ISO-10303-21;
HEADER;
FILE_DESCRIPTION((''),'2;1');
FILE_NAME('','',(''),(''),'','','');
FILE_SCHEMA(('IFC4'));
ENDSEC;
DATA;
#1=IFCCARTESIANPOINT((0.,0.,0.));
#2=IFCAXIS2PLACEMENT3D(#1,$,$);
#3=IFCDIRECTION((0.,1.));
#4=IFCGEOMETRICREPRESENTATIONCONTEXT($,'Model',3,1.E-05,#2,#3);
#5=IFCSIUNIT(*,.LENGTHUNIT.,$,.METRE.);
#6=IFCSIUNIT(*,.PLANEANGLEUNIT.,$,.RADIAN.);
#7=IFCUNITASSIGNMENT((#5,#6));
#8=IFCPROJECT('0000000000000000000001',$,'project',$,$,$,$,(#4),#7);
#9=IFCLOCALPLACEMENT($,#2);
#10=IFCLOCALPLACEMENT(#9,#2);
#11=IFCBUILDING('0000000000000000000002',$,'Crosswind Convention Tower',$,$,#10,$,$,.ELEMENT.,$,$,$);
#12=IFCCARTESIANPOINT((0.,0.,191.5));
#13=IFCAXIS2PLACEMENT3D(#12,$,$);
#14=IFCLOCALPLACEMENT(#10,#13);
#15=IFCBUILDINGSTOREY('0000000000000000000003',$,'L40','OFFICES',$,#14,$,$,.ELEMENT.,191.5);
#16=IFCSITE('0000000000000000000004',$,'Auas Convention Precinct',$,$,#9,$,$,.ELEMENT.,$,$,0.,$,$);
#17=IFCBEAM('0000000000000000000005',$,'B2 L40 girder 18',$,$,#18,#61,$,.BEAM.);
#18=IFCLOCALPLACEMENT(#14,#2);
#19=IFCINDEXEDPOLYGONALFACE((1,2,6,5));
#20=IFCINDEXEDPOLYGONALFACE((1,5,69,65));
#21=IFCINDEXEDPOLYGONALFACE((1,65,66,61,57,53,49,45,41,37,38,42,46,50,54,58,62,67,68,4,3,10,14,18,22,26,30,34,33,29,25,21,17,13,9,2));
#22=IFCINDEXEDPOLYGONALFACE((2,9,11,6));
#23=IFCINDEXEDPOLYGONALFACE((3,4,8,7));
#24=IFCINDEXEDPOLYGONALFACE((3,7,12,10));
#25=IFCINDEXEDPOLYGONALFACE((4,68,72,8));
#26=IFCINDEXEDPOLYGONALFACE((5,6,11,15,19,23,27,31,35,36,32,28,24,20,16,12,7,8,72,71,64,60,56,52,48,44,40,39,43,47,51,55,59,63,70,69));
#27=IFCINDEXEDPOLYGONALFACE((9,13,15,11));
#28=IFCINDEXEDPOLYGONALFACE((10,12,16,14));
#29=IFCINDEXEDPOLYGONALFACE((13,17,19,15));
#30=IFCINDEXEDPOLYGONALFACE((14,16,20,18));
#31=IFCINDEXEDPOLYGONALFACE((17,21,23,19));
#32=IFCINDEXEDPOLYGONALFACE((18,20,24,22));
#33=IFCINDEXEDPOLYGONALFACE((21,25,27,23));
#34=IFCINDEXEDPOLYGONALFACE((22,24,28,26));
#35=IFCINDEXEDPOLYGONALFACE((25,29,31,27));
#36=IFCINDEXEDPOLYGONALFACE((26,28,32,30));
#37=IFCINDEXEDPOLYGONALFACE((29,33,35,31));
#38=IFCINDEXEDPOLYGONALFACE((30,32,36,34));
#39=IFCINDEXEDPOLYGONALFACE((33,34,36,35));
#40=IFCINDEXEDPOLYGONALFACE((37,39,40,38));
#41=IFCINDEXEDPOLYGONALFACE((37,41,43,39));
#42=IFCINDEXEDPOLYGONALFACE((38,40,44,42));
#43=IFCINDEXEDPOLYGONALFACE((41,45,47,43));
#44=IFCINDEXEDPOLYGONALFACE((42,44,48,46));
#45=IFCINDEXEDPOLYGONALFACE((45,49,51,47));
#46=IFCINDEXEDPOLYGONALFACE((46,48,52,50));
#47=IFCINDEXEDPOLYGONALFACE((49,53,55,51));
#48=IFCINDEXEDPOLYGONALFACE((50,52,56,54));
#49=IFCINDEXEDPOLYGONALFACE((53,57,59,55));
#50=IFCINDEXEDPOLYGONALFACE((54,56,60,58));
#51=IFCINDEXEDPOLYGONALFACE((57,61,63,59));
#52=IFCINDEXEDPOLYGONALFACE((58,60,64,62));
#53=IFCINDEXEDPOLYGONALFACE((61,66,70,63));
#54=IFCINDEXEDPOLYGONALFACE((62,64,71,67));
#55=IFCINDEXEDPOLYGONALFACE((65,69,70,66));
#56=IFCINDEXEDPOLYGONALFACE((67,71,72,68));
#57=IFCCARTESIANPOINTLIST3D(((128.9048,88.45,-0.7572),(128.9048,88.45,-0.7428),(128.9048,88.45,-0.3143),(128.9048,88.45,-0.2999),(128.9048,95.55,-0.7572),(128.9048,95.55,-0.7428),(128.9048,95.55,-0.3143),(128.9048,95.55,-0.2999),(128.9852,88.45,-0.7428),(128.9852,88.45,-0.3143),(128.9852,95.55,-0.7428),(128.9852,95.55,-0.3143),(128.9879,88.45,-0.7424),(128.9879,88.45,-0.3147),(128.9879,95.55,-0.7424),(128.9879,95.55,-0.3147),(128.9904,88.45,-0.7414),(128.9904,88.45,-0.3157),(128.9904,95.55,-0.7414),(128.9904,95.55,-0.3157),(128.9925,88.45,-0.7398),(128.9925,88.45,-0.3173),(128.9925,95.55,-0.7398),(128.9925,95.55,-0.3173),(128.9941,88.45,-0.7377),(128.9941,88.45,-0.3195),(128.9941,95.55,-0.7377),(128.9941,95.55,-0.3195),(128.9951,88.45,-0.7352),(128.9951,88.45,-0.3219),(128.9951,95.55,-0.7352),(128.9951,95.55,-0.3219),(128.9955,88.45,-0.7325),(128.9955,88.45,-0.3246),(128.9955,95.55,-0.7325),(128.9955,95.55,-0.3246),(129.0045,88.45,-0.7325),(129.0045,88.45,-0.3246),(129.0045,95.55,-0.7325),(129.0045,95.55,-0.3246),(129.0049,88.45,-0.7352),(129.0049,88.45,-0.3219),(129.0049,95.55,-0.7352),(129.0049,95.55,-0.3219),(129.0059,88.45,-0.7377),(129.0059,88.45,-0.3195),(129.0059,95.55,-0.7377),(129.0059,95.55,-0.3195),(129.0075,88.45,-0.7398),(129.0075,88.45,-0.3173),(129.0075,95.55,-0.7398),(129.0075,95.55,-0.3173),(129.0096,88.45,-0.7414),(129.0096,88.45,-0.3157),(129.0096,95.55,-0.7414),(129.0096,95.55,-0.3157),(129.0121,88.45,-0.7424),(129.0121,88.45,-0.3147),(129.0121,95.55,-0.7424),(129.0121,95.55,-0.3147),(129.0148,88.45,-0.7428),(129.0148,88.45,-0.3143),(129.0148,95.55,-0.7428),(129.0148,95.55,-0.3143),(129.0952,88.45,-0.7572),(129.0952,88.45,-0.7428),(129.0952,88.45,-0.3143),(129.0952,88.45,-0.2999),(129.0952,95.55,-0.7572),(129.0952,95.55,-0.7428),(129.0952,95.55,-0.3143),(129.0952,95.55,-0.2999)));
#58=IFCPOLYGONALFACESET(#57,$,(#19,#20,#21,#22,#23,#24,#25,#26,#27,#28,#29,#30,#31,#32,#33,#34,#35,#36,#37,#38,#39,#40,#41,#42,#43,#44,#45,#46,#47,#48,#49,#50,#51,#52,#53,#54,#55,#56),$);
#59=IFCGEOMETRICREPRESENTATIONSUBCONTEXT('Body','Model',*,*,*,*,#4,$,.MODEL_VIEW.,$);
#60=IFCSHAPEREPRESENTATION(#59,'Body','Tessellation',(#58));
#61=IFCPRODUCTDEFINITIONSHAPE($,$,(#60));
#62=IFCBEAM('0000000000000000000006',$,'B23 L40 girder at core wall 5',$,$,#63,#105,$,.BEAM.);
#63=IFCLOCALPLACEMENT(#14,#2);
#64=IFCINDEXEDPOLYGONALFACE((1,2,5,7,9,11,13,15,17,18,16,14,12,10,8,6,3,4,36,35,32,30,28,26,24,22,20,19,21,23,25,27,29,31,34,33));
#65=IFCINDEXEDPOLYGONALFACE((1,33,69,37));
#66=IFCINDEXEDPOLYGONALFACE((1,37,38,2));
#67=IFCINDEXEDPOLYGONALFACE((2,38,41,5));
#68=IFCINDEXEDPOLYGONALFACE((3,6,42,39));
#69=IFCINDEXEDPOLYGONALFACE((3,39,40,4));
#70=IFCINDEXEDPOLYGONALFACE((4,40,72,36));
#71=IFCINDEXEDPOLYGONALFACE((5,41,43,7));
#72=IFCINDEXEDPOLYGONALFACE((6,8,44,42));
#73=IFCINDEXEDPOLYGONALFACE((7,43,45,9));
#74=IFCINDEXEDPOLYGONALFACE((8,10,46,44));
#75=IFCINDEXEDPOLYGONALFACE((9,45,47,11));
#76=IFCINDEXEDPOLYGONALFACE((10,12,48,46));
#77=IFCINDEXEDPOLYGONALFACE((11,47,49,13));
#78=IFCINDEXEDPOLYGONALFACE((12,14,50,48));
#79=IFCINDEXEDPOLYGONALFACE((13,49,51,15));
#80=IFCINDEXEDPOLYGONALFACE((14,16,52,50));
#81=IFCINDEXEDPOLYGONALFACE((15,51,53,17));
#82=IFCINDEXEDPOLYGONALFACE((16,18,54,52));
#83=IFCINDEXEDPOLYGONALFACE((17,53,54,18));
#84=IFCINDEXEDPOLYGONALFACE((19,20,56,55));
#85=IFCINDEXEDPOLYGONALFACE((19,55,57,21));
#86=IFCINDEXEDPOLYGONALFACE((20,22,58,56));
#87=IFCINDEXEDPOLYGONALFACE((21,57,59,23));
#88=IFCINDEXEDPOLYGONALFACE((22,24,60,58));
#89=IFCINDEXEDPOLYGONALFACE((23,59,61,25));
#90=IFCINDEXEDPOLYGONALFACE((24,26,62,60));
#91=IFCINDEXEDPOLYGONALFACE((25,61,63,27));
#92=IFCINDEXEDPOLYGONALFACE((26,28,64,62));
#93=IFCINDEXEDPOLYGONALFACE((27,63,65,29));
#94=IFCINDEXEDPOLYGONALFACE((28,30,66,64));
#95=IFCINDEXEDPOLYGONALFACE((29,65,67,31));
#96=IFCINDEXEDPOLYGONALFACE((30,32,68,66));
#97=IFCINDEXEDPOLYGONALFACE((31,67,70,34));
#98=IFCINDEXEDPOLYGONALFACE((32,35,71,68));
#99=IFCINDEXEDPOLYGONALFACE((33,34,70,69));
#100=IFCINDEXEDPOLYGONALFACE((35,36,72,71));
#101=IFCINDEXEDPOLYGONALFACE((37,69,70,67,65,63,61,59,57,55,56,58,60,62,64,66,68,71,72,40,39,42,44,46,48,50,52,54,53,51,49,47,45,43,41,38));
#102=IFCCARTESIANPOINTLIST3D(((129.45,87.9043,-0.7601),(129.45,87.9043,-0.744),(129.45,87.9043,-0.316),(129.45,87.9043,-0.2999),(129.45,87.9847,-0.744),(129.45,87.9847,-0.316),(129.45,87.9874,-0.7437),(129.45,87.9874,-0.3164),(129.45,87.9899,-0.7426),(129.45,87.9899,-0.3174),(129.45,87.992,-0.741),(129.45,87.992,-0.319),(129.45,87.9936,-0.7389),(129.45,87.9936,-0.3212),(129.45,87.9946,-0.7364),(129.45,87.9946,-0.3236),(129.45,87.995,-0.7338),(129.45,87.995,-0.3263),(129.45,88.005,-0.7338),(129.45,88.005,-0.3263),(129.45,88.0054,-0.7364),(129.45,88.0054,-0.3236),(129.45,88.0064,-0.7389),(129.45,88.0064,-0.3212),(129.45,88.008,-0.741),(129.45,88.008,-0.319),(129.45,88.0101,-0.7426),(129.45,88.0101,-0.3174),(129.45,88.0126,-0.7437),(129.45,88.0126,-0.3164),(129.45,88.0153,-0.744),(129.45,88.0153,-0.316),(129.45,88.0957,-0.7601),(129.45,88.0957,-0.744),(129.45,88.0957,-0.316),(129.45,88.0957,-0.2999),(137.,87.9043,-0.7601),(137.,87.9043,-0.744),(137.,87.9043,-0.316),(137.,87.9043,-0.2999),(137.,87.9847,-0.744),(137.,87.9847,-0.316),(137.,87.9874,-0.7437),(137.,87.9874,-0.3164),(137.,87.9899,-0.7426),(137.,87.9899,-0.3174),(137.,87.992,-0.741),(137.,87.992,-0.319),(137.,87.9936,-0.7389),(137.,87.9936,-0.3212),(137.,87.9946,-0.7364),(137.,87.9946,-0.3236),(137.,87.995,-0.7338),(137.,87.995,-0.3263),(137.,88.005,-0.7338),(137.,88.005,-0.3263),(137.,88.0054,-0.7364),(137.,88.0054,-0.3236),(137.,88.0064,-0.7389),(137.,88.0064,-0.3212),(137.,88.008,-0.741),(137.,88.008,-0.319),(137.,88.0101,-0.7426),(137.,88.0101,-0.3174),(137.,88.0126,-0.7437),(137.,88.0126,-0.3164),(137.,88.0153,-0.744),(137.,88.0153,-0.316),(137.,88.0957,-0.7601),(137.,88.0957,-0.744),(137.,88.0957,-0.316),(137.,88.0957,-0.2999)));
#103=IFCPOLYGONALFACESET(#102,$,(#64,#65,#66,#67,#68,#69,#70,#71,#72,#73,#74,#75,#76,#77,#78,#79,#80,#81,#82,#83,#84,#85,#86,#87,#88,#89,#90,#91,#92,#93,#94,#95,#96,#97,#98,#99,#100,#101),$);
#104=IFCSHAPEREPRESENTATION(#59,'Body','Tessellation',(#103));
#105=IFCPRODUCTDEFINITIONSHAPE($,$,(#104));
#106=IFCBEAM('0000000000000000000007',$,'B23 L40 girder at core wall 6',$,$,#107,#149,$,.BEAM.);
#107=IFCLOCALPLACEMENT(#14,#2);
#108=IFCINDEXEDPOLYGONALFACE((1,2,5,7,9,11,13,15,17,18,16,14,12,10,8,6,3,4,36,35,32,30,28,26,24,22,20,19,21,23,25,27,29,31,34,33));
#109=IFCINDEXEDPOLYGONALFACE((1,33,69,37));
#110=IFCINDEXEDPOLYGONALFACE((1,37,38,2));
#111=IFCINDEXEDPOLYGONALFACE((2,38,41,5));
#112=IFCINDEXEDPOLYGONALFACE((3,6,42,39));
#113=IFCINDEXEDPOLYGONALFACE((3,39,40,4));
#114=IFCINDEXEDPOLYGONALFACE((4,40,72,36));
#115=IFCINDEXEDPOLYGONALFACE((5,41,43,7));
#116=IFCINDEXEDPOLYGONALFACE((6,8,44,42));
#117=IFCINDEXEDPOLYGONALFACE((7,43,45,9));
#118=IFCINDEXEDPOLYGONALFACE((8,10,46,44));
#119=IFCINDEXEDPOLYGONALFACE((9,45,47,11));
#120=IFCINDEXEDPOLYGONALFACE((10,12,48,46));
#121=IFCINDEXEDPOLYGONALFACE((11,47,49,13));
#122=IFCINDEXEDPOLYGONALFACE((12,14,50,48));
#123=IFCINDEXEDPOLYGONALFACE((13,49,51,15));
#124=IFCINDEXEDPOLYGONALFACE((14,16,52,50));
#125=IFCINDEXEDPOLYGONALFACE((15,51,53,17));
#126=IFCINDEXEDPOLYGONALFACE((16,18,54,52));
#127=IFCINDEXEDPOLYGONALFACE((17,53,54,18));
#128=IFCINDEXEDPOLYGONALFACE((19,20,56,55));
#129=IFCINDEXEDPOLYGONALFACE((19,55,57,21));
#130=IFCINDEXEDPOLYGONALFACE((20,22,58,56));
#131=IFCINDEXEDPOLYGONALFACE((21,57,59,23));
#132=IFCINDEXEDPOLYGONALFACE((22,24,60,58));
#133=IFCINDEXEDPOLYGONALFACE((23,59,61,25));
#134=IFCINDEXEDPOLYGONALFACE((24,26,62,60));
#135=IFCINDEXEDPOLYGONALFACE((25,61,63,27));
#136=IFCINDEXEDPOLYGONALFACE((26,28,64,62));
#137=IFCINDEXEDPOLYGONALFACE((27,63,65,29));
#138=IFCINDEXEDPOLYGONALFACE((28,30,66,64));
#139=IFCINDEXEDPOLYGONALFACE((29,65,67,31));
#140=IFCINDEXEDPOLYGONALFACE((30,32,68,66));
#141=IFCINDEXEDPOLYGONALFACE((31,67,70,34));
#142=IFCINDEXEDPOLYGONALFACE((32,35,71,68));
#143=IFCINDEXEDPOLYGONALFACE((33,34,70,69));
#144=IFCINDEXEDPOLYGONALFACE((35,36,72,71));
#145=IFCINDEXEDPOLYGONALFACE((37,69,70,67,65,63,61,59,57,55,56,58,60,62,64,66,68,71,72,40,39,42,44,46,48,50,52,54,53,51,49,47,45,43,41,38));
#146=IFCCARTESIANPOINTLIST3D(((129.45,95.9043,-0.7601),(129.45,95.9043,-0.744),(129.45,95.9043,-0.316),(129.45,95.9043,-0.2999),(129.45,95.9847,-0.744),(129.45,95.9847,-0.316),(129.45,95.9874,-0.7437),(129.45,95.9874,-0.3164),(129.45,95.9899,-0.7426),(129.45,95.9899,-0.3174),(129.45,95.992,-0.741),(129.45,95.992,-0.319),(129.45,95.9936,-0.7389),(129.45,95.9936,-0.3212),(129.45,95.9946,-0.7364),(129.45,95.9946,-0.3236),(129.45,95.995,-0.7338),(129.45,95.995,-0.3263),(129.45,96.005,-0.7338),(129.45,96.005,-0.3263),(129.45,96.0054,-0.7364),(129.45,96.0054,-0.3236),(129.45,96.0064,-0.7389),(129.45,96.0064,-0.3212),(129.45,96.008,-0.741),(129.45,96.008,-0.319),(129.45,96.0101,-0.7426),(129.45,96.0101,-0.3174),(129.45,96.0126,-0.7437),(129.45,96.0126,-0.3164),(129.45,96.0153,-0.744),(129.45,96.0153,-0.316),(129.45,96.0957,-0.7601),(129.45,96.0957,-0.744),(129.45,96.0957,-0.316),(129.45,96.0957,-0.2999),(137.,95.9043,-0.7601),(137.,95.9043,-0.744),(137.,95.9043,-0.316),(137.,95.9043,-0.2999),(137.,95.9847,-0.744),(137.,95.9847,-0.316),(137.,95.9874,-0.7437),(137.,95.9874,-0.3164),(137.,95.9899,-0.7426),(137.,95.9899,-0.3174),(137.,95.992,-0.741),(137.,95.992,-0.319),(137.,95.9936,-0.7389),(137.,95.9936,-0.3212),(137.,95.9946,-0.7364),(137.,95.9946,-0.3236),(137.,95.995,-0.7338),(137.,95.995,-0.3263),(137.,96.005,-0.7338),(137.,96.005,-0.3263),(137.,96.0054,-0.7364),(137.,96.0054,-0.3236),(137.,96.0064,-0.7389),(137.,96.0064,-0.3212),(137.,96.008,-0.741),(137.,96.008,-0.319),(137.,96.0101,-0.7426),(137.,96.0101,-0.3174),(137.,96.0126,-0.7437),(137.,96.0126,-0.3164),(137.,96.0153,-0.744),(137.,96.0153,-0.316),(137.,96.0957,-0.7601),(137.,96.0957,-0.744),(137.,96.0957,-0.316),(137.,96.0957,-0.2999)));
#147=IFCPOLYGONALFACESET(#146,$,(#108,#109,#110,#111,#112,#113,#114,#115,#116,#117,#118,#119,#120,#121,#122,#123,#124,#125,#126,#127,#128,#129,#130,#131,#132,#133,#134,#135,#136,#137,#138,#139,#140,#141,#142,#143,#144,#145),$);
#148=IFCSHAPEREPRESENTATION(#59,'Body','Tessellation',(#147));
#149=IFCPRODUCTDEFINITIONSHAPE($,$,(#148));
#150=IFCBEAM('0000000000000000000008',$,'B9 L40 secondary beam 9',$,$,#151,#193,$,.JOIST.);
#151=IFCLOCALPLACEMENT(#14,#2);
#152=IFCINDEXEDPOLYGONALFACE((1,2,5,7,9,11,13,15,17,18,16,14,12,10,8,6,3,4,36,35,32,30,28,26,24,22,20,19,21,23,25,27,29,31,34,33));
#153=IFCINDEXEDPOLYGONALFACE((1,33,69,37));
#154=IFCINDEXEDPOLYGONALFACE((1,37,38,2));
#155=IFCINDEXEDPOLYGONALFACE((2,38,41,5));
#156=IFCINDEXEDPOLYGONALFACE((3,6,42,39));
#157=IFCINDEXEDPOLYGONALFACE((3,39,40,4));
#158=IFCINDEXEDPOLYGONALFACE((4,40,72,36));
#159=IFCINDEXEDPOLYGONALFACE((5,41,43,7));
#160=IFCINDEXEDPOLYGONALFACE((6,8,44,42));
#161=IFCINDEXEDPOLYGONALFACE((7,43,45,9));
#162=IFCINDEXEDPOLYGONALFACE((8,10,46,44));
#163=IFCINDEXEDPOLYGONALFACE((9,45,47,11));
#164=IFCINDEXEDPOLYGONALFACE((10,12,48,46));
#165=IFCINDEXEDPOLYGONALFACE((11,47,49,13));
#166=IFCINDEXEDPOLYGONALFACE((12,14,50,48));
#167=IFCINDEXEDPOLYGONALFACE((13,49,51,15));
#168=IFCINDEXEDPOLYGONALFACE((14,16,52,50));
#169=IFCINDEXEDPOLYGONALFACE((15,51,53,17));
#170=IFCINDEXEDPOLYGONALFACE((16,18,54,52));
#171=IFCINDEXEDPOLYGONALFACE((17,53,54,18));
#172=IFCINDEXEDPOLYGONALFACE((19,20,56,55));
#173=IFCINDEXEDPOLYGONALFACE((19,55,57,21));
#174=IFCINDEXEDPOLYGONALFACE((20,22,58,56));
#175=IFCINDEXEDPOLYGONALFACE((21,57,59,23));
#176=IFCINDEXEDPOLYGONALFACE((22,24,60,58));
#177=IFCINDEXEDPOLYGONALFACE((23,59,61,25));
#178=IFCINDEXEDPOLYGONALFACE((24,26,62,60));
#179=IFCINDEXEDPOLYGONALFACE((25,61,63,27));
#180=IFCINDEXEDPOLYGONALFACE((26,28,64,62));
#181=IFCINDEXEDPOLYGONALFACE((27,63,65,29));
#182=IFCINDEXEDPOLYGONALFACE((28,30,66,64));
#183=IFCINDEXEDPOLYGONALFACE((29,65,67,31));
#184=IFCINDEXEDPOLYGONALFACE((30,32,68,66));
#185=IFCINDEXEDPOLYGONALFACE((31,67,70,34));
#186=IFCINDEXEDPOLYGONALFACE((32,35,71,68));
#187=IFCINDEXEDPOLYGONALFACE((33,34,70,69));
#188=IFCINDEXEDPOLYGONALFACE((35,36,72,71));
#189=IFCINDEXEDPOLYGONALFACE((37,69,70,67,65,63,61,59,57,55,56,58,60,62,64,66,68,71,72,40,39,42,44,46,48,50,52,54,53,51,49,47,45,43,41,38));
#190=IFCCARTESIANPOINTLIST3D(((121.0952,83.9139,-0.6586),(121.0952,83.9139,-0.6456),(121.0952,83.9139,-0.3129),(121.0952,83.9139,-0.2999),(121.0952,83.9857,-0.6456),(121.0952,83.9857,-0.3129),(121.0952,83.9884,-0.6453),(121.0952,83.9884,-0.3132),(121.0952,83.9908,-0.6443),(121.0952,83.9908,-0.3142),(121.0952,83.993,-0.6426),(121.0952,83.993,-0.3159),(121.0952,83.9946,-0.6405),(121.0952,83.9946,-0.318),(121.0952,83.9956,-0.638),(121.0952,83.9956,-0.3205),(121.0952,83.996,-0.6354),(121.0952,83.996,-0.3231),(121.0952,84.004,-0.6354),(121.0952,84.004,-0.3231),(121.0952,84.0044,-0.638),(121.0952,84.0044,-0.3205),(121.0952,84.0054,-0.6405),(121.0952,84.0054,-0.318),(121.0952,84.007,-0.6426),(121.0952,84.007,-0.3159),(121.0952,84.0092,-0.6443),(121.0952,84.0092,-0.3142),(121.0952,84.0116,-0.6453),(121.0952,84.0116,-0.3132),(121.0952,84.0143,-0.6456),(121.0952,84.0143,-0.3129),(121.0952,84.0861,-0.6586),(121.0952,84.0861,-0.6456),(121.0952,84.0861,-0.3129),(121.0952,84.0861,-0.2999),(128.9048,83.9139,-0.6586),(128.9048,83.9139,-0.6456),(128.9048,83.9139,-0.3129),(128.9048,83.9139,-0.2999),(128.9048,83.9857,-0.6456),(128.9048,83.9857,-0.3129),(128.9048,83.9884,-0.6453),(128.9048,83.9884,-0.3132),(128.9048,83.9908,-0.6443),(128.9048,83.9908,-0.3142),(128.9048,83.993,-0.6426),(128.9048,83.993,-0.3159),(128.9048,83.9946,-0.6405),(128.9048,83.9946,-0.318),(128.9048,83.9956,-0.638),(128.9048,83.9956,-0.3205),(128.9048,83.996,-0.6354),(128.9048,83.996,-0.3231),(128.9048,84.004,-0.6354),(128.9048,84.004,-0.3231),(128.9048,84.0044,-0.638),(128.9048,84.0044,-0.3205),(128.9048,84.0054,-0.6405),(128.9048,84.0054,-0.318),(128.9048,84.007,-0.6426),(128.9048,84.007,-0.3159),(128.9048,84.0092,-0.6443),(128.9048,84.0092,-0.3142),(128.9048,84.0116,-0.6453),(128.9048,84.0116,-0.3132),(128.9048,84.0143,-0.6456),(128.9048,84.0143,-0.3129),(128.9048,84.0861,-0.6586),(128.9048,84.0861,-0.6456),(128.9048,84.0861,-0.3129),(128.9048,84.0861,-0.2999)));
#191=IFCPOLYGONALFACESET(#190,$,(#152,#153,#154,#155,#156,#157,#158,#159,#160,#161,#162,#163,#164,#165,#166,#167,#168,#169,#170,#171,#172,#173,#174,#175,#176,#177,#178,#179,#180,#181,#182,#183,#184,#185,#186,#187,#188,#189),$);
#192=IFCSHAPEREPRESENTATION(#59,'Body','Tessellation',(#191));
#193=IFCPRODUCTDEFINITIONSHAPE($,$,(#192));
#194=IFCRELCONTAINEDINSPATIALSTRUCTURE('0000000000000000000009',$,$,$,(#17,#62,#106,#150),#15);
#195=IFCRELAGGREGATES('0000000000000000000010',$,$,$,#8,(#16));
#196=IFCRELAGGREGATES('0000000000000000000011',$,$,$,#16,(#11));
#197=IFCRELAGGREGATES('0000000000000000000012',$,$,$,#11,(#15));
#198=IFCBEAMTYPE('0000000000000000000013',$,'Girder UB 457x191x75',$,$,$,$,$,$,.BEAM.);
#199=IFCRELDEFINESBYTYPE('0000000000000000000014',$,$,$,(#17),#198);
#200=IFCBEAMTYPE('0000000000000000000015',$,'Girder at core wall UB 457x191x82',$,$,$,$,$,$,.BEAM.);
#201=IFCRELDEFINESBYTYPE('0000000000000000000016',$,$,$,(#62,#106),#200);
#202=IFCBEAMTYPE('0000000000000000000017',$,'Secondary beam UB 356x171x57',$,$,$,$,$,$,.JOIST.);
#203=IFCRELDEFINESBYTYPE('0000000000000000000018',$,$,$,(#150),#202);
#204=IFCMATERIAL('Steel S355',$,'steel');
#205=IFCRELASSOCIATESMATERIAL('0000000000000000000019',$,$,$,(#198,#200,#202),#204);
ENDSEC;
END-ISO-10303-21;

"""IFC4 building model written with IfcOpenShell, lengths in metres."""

from ifc_helpers import new_model, si_unit, direction, frame, origin, origin_2d, place, context, subcontext, project, spatial, i_section, extrude, material, material_profile, profile_set, type_object, element, save


model = new_model("IFC4")

# Units and contexts
model_context = context("Model", 3, precision=1e-05, world=origin(), true_north=direction((0.0, 1.0)))
body_context = subcontext(model_context, "Body", "Model", "MODEL_VIEW")
ifc_project = project(units=[si_unit("LENGTHUNIT", "METRE"), si_unit("PLANEANGLEUNIT", "RADIAN")], contexts=[model_context])

# Site, building, storey
site_placement = place(None, origin())
site = spatial("IfcSite", under=ifc_project, at=site_placement, Name="Auas Convention Precinct", CompositionType="ELEMENT", RefElevation=0.0)
building_placement = place(site_placement, origin())
building = spatial("IfcBuilding", under=site, at=building_placement, Name="Crosswind Convention Tower", CompositionType="ELEMENT")
storey_placement = place(building_placement, frame((0.0, 0.0, 191.5)))
storey = spatial("IfcBuildingStorey", under=building, at=storey_placement, Name="L40", Description="OFFICES", CompositionType="ELEMENT", Elevation=191.5)

# Beams
ifc_material_1 = material(Name="Steel S355", Category="steel")
ifc_material_profile_1 = material_profile(ifc_material_1, i_section(OverallWidth=0.1904, OverallDepth=0.4573, WebThickness=0.009, FlangeThickness=0.0144, FilletRadius=0.0103, at=origin_2d()), Name="UB 457x191x75")
ifc_profile_set_1 = profile_set([ifc_material_profile_1], Name="Steel S355")
beam_type_1 = type_object("IfcBeamType", Name="Girder UB 457x191x75", PredefinedType="BEAM", material=ifc_profile_set_1)
for number, where, z_axis, x_axis, name in (
    (1, (129.0, 88.45, -0.5286), (0.0, 1.0, 0.0), (-1.0, 0.0, 0.0), "B2 L40 girder 18"),
):
    element("IfcBeam", number, at=place(storey_placement, frame(where, z_axis=z_axis, x_axis=x_axis)), inside=storey, type_object=beam_type_1, Name=name, PredefinedType="BEAM", context=body_context, shape_type="SweptSolid", body=[
        extrude(i_section(OverallWidth=0.1904, OverallDepth=0.4573, WebThickness=0.009, FlangeThickness=0.0144, FilletRadius=0.0103, at=origin_2d()), origin(), (0.0, 0.0, 1.0), 7.1001),
    ])
ifc_material_profile_2 = material_profile(ifc_material_1, i_section(OverallWidth=0.1914, OverallDepth=0.4602, WebThickness=0.01, FlangeThickness=0.0161, FilletRadius=0.0103, at=origin_2d()), Name="UB 457x191x82")
ifc_profile_set_2 = profile_set([ifc_material_profile_2], Name="Steel S355")
beam_type_2 = type_object("IfcBeamType", Name="Girder at core wall UB 457x191x82", PredefinedType="BEAM", material=ifc_profile_set_2)
for number, where, z_axis, x_axis, name in (
    (2, (129.45, 88.0, -0.53), (1.0, 0.0, 0.0), (0.0, 1.0, 0.0), "B23 L40 girder at core wall 5"),
    (3, (129.45, 96.0, -0.53), (1.0, 0.0, 0.0), (0.0, 1.0, 0.0), "B23 L40 girder at core wall 6"),
):
    element("IfcBeam", number, at=place(storey_placement, frame(where, z_axis=z_axis, x_axis=x_axis)), inside=storey, type_object=beam_type_2, Name=name, PredefinedType="BEAM", context=body_context, shape_type="SweptSolid", body=[
        extrude(i_section(OverallWidth=0.1914, OverallDepth=0.4602, WebThickness=0.01, FlangeThickness=0.0161, FilletRadius=0.0103, at=origin_2d()), origin(), (0.0, 0.0, 1.0), 7.55),
    ])
ifc_material_profile_3 = material_profile(ifc_material_1, i_section(OverallWidth=0.1721, OverallDepth=0.3586, WebThickness=0.0081, FlangeThickness=0.0129, FilletRadius=0.0103, at=origin_2d()), Name="UB 356x171x57")
ifc_profile_set_3 = profile_set([ifc_material_profile_3], Name="Steel S355")
beam_type_3 = type_object("IfcBeamType", Name="Secondary beam UB 356x171x57", PredefinedType="JOIST", material=ifc_profile_set_3)
for number, where, z_axis, x_axis, name in (
    (4, (121.0952, 84.0, -0.4792), (1.0, 0.0, 0.0), (0.0, 1.0, 0.0), "B9 L40 secondary beam 9"),
):
    element("IfcBeam", number, at=place(storey_placement, frame(where, z_axis=z_axis, x_axis=x_axis)), inside=storey, type_object=beam_type_3, Name=name, PredefinedType="JOIST", context=body_context, shape_type="SweptSolid", body=[
        extrude(i_section(OverallWidth=0.1721, OverallDepth=0.3586, WebThickness=0.0081, FlangeThickness=0.0129, FilletRadius=0.0103, at=origin_2d()), origin(), (0.0, 0.0, 1.0), 7.8096),
    ])

save(model, "model.ifc")
